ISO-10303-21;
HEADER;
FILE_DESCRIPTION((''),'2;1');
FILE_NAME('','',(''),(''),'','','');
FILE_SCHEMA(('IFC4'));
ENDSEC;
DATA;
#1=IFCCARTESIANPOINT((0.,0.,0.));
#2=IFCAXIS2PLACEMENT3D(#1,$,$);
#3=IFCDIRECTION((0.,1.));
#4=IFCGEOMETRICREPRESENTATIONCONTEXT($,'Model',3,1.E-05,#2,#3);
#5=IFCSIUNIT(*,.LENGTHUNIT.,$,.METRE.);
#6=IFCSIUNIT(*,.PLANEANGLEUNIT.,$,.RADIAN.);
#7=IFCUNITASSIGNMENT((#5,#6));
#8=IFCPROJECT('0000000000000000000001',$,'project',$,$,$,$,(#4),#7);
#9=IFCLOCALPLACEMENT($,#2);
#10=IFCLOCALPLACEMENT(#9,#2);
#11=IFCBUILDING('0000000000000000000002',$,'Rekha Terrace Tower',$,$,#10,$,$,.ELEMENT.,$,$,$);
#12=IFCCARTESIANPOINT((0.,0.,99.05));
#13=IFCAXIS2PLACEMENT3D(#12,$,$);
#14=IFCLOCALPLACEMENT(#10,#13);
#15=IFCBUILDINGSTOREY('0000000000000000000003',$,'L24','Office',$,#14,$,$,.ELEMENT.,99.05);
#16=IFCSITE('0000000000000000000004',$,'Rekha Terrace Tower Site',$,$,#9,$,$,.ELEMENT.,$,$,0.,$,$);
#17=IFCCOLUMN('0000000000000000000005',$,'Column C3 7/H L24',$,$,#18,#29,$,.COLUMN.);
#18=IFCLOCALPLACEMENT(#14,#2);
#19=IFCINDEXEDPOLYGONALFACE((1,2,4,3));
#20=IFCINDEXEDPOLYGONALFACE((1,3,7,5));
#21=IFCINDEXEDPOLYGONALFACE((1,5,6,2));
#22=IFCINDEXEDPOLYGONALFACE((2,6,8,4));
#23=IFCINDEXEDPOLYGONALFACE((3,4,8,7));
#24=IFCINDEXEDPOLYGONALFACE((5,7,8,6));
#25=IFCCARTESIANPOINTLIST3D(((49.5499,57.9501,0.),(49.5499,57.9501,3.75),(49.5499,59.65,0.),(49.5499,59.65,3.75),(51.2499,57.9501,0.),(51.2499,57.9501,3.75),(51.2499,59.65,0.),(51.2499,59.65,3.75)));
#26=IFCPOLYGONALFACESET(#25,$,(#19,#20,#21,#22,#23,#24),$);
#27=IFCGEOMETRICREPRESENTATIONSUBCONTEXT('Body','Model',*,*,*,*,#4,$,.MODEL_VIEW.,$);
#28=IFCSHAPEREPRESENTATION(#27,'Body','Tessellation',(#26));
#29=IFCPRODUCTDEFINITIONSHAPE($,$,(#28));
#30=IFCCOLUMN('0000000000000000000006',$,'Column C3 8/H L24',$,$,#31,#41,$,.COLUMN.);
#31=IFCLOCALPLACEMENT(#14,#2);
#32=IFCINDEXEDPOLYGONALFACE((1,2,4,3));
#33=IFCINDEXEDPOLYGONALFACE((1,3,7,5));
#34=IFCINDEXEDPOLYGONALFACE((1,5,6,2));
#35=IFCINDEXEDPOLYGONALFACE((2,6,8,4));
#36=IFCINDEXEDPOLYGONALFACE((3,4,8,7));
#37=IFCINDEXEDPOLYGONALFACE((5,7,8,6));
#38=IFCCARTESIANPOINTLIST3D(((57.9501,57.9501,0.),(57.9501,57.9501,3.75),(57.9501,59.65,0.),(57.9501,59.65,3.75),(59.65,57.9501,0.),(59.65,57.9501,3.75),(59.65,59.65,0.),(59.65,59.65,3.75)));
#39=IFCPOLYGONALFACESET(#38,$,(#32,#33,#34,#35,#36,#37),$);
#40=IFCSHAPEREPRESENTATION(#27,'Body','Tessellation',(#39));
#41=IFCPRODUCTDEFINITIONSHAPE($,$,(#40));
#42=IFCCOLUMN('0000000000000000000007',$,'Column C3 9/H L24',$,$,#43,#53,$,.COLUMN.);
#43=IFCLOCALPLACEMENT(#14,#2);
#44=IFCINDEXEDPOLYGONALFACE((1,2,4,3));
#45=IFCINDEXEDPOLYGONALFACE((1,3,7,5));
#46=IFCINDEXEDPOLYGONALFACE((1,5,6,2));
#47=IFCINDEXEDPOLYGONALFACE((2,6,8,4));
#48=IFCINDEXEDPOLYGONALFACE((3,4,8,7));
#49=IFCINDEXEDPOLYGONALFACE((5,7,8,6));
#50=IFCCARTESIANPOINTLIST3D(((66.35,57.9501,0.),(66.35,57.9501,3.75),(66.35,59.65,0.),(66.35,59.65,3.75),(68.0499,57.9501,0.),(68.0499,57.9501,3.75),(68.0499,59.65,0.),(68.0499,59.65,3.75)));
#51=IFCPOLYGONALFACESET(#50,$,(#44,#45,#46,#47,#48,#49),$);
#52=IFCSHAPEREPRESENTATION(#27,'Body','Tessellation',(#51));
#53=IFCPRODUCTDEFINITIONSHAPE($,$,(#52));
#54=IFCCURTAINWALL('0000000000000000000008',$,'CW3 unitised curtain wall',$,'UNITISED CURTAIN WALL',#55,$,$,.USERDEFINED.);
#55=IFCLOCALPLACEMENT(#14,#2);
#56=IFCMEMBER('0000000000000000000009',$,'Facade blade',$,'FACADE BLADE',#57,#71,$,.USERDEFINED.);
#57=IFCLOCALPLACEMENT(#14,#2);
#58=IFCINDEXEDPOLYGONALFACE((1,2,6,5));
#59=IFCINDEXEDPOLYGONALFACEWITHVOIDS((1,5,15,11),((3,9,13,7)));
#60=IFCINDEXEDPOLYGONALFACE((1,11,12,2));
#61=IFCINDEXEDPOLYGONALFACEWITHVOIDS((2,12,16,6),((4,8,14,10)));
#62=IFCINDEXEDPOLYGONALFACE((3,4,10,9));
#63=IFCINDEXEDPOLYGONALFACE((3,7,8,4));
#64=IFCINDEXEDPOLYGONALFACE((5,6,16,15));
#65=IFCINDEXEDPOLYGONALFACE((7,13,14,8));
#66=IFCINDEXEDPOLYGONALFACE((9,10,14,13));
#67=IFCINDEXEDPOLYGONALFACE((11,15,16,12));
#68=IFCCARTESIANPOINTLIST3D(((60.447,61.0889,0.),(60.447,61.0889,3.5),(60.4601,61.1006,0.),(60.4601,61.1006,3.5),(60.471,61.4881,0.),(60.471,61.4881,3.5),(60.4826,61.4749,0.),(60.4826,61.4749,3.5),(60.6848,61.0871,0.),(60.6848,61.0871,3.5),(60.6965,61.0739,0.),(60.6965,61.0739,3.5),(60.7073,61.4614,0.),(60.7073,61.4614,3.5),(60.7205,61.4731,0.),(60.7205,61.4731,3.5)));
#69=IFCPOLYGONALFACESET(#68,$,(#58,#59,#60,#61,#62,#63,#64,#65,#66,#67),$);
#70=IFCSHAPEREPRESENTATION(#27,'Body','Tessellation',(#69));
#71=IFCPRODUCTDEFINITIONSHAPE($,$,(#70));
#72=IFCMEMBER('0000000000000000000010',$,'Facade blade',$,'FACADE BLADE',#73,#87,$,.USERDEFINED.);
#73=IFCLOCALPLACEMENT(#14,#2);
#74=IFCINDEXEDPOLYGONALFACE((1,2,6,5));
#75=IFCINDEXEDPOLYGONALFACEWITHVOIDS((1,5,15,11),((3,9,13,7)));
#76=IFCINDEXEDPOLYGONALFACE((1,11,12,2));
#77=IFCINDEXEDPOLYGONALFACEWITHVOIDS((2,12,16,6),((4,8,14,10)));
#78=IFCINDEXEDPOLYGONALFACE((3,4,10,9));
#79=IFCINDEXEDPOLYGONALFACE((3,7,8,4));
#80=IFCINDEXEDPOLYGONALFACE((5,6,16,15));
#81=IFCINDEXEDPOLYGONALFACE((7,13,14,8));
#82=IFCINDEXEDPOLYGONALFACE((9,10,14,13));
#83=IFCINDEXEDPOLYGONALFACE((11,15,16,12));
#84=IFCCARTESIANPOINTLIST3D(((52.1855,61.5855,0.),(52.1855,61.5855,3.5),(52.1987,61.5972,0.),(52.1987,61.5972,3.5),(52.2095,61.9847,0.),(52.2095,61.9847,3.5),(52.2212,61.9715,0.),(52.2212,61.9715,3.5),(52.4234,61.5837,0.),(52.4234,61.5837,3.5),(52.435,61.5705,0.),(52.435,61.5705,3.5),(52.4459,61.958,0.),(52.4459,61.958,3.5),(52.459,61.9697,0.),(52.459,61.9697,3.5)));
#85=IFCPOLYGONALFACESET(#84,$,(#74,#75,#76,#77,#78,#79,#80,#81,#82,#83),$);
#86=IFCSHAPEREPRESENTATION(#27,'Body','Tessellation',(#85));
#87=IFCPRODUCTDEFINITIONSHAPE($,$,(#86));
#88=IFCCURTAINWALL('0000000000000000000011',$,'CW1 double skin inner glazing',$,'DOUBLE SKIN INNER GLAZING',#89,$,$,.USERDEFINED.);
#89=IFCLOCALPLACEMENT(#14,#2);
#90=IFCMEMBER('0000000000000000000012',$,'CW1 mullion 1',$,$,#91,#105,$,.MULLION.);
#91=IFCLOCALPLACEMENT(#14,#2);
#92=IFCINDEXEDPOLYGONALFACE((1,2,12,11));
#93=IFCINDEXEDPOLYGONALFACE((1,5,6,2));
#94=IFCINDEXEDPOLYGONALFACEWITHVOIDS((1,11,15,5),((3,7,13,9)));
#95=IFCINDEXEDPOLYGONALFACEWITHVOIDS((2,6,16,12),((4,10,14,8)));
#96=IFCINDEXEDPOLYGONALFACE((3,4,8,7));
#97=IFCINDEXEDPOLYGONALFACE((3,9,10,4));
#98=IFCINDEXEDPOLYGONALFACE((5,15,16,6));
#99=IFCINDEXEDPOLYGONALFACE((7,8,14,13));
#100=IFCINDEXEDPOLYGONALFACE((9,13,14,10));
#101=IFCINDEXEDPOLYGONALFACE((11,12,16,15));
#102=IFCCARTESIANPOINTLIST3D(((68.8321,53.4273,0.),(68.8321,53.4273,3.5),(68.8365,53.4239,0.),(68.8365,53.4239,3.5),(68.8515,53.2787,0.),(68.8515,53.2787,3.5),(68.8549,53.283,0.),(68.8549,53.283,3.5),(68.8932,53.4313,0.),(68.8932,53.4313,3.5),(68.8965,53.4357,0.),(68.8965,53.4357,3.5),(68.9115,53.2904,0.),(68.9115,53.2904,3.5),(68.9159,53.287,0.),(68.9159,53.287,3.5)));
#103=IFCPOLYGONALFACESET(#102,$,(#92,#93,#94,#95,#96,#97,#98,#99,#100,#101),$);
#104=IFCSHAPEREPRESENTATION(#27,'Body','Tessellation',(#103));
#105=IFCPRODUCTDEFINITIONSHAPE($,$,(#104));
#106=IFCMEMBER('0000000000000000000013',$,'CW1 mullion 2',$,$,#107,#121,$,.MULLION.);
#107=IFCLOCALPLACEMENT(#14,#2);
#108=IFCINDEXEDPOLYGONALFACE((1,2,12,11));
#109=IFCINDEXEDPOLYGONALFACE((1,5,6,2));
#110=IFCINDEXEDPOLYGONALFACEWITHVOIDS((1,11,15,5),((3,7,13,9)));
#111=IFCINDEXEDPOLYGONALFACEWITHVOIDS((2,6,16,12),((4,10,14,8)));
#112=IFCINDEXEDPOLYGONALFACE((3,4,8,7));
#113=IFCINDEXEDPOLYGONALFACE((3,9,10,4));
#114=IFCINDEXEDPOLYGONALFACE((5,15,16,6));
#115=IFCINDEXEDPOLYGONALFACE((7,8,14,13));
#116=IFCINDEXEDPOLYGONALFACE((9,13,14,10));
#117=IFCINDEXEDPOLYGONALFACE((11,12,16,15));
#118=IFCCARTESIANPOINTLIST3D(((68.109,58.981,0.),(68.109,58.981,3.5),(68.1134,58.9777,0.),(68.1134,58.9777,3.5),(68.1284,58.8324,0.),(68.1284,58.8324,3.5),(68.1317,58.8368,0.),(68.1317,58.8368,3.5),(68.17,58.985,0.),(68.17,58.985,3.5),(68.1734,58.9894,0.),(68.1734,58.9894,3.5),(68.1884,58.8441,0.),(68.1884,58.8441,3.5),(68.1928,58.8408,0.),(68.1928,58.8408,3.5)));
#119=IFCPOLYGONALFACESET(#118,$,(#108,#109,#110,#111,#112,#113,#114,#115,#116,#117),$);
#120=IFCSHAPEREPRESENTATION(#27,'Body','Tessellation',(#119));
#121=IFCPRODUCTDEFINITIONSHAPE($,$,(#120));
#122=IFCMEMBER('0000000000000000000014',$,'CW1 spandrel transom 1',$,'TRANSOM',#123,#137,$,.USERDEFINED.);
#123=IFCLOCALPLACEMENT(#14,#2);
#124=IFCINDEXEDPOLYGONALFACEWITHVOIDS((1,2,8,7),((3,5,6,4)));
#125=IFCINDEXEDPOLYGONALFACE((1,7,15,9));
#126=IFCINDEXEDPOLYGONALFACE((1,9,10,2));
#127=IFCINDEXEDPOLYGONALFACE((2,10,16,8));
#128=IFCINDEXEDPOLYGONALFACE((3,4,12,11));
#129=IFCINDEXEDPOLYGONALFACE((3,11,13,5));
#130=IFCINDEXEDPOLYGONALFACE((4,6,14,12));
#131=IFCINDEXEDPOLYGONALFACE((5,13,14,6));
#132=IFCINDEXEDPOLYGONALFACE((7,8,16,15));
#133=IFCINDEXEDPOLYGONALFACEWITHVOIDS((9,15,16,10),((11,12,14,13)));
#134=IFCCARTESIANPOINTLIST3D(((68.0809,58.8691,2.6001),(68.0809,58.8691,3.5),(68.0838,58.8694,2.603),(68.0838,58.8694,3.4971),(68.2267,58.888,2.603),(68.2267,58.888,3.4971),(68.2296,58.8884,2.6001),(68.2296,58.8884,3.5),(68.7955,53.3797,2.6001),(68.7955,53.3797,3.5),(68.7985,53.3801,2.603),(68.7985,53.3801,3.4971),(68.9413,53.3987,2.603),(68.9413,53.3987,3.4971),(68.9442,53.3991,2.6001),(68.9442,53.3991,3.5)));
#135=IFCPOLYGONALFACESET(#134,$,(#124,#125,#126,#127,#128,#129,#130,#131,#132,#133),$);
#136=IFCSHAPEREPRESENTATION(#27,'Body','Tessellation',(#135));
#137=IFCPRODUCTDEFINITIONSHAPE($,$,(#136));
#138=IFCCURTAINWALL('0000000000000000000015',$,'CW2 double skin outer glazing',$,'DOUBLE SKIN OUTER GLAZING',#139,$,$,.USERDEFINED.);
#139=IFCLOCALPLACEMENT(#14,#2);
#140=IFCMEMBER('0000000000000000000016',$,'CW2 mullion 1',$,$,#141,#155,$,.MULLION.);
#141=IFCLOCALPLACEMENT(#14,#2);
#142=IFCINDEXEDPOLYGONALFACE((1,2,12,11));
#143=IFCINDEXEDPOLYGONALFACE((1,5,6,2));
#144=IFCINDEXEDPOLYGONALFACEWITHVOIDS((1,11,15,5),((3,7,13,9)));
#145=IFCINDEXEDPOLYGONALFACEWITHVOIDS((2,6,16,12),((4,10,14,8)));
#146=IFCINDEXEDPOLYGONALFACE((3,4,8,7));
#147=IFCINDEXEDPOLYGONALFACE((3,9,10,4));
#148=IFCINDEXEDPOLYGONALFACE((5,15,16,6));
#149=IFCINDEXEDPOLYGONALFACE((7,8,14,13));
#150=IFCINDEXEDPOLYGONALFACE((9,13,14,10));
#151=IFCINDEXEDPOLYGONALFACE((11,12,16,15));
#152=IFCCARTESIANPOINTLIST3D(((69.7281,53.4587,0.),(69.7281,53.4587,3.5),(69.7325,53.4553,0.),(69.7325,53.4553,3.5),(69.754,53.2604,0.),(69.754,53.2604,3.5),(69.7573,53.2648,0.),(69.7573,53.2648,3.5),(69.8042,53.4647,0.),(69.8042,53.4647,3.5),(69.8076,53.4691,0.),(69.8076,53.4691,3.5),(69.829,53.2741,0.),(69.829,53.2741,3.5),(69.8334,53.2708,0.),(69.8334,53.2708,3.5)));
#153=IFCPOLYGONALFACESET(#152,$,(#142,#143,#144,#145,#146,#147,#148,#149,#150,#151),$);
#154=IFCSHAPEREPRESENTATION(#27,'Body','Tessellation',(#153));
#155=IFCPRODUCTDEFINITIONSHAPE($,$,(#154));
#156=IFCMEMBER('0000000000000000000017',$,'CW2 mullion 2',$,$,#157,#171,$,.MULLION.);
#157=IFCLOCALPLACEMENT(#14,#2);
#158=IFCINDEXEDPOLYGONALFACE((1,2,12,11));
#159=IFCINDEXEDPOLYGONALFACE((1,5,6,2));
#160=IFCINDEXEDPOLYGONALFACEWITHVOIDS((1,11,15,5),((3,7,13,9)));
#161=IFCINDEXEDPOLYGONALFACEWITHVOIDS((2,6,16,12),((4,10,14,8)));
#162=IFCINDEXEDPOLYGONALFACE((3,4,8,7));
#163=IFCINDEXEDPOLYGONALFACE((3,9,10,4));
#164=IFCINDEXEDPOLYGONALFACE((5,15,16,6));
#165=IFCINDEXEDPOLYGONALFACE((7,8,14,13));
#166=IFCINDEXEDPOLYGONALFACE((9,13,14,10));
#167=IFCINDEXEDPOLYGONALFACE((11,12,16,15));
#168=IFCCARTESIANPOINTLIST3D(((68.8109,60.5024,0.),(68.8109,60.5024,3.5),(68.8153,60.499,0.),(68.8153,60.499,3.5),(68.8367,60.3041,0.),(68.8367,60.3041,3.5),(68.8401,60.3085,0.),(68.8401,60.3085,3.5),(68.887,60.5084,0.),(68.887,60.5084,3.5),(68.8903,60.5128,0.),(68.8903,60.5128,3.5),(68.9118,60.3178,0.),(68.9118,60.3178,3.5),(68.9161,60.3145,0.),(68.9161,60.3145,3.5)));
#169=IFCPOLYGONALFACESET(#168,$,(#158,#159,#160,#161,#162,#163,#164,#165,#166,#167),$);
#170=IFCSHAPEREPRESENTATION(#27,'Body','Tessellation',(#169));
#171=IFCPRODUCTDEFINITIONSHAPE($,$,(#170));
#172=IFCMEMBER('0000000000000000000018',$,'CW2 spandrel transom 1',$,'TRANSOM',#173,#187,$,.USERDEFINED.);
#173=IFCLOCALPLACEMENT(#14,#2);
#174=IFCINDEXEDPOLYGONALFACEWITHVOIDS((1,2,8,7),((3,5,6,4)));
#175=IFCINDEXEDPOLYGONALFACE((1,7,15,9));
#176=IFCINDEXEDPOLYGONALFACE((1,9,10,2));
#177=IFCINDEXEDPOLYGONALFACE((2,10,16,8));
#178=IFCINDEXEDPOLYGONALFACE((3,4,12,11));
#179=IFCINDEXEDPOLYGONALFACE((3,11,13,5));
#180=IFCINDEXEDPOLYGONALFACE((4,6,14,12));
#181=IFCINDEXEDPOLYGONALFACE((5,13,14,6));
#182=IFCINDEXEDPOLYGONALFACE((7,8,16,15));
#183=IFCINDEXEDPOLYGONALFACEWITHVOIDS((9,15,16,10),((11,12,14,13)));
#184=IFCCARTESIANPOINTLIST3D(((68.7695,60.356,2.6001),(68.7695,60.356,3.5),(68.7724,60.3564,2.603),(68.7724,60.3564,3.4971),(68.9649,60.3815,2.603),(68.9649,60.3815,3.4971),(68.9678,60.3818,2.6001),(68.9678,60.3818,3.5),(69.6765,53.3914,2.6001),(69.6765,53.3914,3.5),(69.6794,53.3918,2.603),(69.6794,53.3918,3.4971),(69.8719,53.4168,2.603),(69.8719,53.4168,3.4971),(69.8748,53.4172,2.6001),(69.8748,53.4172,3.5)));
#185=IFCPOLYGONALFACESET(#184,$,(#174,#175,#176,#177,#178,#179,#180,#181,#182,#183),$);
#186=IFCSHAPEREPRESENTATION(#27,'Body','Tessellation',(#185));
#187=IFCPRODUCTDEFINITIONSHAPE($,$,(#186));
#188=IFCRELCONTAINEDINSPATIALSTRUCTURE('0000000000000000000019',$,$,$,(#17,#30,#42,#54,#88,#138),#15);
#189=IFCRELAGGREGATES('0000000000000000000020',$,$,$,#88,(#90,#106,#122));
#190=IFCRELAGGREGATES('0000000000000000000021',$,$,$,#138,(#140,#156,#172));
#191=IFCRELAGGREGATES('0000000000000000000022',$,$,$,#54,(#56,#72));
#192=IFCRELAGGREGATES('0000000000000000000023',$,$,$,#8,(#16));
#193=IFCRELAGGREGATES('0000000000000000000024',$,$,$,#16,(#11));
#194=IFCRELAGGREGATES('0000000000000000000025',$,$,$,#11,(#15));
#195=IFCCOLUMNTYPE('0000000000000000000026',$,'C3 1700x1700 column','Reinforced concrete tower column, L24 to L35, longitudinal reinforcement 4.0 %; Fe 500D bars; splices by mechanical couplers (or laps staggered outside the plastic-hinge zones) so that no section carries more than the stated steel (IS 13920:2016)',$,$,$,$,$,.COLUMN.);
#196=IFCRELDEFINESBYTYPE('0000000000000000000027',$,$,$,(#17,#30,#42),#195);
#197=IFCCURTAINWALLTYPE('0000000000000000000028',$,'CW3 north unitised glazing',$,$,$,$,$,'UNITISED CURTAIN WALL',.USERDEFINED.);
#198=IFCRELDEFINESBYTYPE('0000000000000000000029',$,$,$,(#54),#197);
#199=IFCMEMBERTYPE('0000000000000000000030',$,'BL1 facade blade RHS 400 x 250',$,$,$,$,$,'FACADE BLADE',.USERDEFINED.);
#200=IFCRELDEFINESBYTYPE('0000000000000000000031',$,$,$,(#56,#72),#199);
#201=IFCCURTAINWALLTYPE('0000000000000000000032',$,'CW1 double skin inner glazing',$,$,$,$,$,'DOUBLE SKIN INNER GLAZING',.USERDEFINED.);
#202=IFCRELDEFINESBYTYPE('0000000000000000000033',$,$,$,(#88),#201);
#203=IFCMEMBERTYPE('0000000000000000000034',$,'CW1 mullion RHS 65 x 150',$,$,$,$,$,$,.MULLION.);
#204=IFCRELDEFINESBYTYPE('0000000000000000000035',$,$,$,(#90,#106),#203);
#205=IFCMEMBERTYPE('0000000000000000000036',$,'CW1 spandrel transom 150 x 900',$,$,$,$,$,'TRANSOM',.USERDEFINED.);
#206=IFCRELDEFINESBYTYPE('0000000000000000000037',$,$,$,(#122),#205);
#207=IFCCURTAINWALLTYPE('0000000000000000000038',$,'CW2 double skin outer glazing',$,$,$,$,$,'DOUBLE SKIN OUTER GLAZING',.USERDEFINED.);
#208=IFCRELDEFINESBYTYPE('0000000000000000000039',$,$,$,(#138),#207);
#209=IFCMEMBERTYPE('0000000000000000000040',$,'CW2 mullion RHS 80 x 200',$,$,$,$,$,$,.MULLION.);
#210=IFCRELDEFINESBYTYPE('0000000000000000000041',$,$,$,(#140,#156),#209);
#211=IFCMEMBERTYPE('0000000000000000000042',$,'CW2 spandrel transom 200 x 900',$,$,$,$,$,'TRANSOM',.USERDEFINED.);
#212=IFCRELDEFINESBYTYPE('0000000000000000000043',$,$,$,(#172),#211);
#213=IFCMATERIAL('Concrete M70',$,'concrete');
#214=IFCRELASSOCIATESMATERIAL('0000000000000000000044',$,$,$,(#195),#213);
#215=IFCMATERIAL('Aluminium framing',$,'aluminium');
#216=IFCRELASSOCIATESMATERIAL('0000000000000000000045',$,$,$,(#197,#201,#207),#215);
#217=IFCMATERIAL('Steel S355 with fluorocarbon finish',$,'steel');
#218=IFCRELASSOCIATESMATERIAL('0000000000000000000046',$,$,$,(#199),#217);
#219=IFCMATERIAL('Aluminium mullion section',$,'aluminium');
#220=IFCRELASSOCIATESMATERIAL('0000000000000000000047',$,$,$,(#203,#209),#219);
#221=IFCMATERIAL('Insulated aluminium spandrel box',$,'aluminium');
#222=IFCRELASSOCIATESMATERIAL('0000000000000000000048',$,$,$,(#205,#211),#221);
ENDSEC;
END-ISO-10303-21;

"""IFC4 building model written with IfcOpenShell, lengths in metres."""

from ifc_helpers import new_model, si_unit, direction, frame, origin, origin_2d, place, context, subcontext, project, spatial, rectangle, hollow_rectangle, extrude, material, material_profile, profile_set, type_object, element, aggregate, save


model = new_model("IFC4")

# Units and contexts
model_context = context("Model", 3, precision=1e-05, world=origin(), true_north=direction((0.0, 1.0)))
body_context = subcontext(model_context, "Body", "Model", "MODEL_VIEW")
ifc_project = project(units=[si_unit("LENGTHUNIT", "METRE"), si_unit("PLANEANGLEUNIT", "RADIAN")], contexts=[model_context])

# Site, building, storey
site_placement = place(None, origin())
site = spatial("IfcSite", under=ifc_project, at=site_placement, Name="Rekha Terrace Tower Site", CompositionType="ELEMENT", RefElevation=0.0)
building_placement = place(site_placement, origin())
building = spatial("IfcBuilding", under=site, at=building_placement, Name="Rekha Terrace Tower", CompositionType="ELEMENT")
storey_placement = place(building_placement, frame((0.0, 0.0, 99.05)))
storey = spatial("IfcBuildingStorey", under=building, at=storey_placement, Name="L24", Description="Office", CompositionType="ELEMENT", Elevation=99.05)

# Columns
ifc_material_1 = material(Name="Concrete M70", Category="concrete")
ifc_material_profile_1 = material_profile(ifc_material_1, rectangle(XDim=1.7, YDim=1.7, at=origin_2d()), Name="RC 1700x1700")
ifc_profile_set_1 = profile_set([ifc_material_profile_1], Name="Concrete M70")
column_type = type_object("IfcColumnType", Name="C3 1700x1700 column", Description="Reinforced concrete tower column, L24 to L35, longitudinal reinforcement 4.0 %; Fe 500D bars; splices by mechanical couplers (or laps staggered outside the plastic-hinge zones) so that no section carries more than the stated steel (IS 13920:2016)", PredefinedType="COLUMN", material=ifc_profile_set_1)
for number, where, z_axis, x_axis, name in (
    (1, (50.3999, 58.8, 0.0), (0.0, 0.0, 1.0), (1.0, 0.0, 0.0), "Column C3 7/H L24"),
    (2, (58.8, 58.8, 0.0), (0.0, 0.0, 1.0), (1.0, 0.0, 0.0), "Column C3 8/H L24"),
    (3, (67.2, 58.8, 0.0), (0.0, 0.0, 1.0), (1.0, 0.0, 0.0), "Column C3 9/H L24"),
):
    element("IfcColumn", number, at=place(storey_placement, frame(where, z_axis=z_axis, x_axis=x_axis)), inside=storey, type_object=column_type, Name=name, PredefinedType="COLUMN", context=body_context, shape_type="SweptSolid", body=[
        extrude(rectangle(XDim=1.7, YDim=1.7, at=origin_2d()), origin(), (0.0, 0.0, 1.0), 3.75),
    ])

# Curtain walls, members
ifc_material_2 = material(Name="Aluminium framing", Category="aluminium")
curtain_wall_type_1 = type_object("IfcCurtainWallType", Name="CW3 north unitised glazing", ElementType="UNITISED CURTAIN WALL", PredefinedType="USERDEFINED", material=ifc_material_2)
curtain_wall_1_placement = place(storey_placement, origin())
curtain_wall_1 = element("IfcCurtainWall", 4, at=curtain_wall_1_placement, inside=storey, type_object=curtain_wall_type_1, Name="CW3 unitised curtain wall", ObjectType="UNITISED CURTAIN WALL", PredefinedType="USERDEFINED")
ifc_material_3 = material(Name="Steel S355 with fluorocarbon finish", Category="steel")
ifc_material_profile_2 = material_profile(ifc_material_3, hollow_rectangle(XDim=0.25, YDim=0.3999, WallThickness=0.0125, at=origin_2d()), Name="RHS400x250x12.5")
ifc_profile_set_2 = profile_set([ifc_material_profile_2], Name="Steel S355 with fluorocarbon finish")
member_type_1 = type_object("IfcMemberType", Name="BL1 facade blade RHS 400 x 250", ElementType="FACADE BLADE", PredefinedType="USERDEFINED", material=ifc_profile_set_2)
member_1_placement = place(storey_placement, frame((60.5837, 61.281, 0.0), z_axis=(0.0, 0.0, 1.0), x_axis=(-0.998199, 0.059988, 0.0)))
member_1 = element("IfcMember", 5, at=member_1_placement, type_object=member_type_1, Name="Facade blade", ObjectType="FACADE BLADE", PredefinedType="USERDEFINED", context=body_context, shape_type="SweptSolid", body=[
    extrude(hollow_rectangle(XDim=0.25, YDim=0.3999, WallThickness=0.0125, at=origin_2d()), origin(), (0.0, 0.0, 1.0), 3.5),
])
member_2_placement = place(storey_placement, frame((52.3223, 61.7776, 0.0), z_axis=(0.0, 0.0, 1.0), x_axis=(-0.998199, 0.059988, 0.0)))
member_2 = element("IfcMember", 6, at=member_2_placement, type_object=member_type_1, Name="Facade blade", ObjectType="FACADE BLADE", PredefinedType="USERDEFINED", context=body_context, shape_type="SweptSolid", body=[
    extrude(hollow_rectangle(XDim=0.25, YDim=0.3999, WallThickness=0.0125, at=origin_2d()), origin(), (0.0, 0.0, 1.0), 3.5),
])
curtain_wall_type_2 = type_object("IfcCurtainWallType", Name="CW1 double skin inner glazing", ElementType="DOUBLE SKIN INNER GLAZING", PredefinedType="USERDEFINED", material=ifc_material_2)
curtain_wall_2_placement = place(storey_placement, origin())
curtain_wall_2 = element("IfcCurtainWall", 7, at=curtain_wall_2_placement, inside=storey, type_object=curtain_wall_type_2, Name="CW1 double skin inner glazing", ObjectType="DOUBLE SKIN INNER GLAZING", PredefinedType="USERDEFINED")
ifc_material_4 = material(Name="Aluminium mullion section", Category="aluminium")
ifc_material_profile_3 = material_profile(ifc_material_4, hollow_rectangle(XDim=0.0649, YDim=0.1499, WallThickness=0.0039, at=origin_2d()), Name="AL RHS 65x150")
ifc_profile_set_3 = profile_set([ifc_material_profile_3], Name="Aluminium mullion section")
member_type_2 = type_object("IfcMemberType", Name="CW1 mullion RHS 65 x 150", PredefinedType="MULLION", material=ifc_profile_set_3)
member_3_placement = place(storey_placement, frame((68.874, 53.3572, 0.0), z_axis=(0.0, 0.0, 1.0), x_axis=(-0.991629, -0.129118, 0.0)))
member_3 = element("IfcMember", 8, at=member_3_placement, type_object=member_type_2, Name="CW1 mullion 1", PredefinedType="MULLION", context=body_context, shape_type="SweptSolid", body=[
    extrude(hollow_rectangle(XDim=0.0649, YDim=0.1499, WallThickness=0.0039, at=origin_2d()), origin(), (0.0, 0.0, 1.0), 3.5),
])
member_4_placement = place(storey_placement, frame((68.1509, 58.9109, 0.0), z_axis=(0.0, 0.0, 1.0), x_axis=(-0.991629, -0.129118, 0.0)))
member_4 = element("IfcMember", 9, at=member_4_placement, type_object=member_type_2, Name="CW1 mullion 2", PredefinedType="MULLION", context=body_context, shape_type="SweptSolid", body=[
    extrude(hollow_rectangle(XDim=0.0649, YDim=0.1499, WallThickness=0.0039, at=origin_2d()), origin(), (0.0, 0.0, 1.0), 3.5),
])
ifc_material_5 = material(Name="Insulated aluminium spandrel box", Category="aluminium")
ifc_material_profile_4 = material_profile(ifc_material_5, hollow_rectangle(XDim=0.1499, YDim=0.8999, WallThickness=0.0029, at=origin_2d()), Name="AL SPANDREL BOX 150x900")
ifc_profile_set_4 = profile_set([ifc_material_profile_4], Name="Insulated aluminium spandrel box")
member_type_3 = type_object("IfcMemberType", Name="CW1 spandrel transom 150 x 900", ElementType="TRANSOM", PredefinedType="USERDEFINED", material=ifc_profile_set_4)
member_5_placement = place(storey_placement, frame((68.8699, 53.3894, 3.05), z_axis=(-0.129092, 0.991633, 0.0), x_axis=(-0.991633, -0.129092, 0.0)))
member_5 = element("IfcMember", 10, at=member_5_placement, type_object=member_type_3, Name="CW1 spandrel transom 1", ObjectType="TRANSOM", PredefinedType="USERDEFINED", context=body_context, shape_type="SweptSolid", body=[
    extrude(hollow_rectangle(XDim=0.1499, YDim=0.8999, WallThickness=0.0029, at=origin_2d()), origin(), (0.0, 0.0, 1.0), 5.5356),
])
curtain_wall_type_3 = type_object("IfcCurtainWallType", Name="CW2 double skin outer glazing", ElementType="DOUBLE SKIN OUTER GLAZING", PredefinedType="USERDEFINED", material=ifc_material_2)
curtain_wall_3_placement = place(storey_placement, origin())
curtain_wall_3 = element("IfcCurtainWall", 11, at=curtain_wall_3_placement, inside=storey, type_object=curtain_wall_type_3, Name="CW2 double skin outer glazing", ObjectType="DOUBLE SKIN OUTER GLAZING", PredefinedType="USERDEFINED")
ifc_material_profile_5 = material_profile(ifc_material_4, hollow_rectangle(XDim=0.0801, YDim=0.2, WallThickness=0.0039, at=origin_2d()), Name="AL RHS 80x200")
ifc_profile_set_5 = profile_set([ifc_material_profile_5], Name="Aluminium mullion section")
member_type_4 = type_object("IfcMemberType", Name="CW2 mullion RHS 80 x 200", PredefinedType="MULLION", material=ifc_profile_set_5)
member_6_placement = place(storey_placement, frame((69.7808, 53.3647, 0.0), z_axis=(0.0, 0.0, 1.0), x_axis=(-0.991629, -0.129118, 0.0)))
member_6 = element("IfcMember", 12, at=member_6_placement, type_object=member_type_4, Name="CW2 mullion 1", PredefinedType="MULLION", context=body_context, shape_type="SweptSolid", body=[
    extrude(hollow_rectangle(XDim=0.0801, YDim=0.2, WallThickness=0.0039, at=origin_2d()), origin(), (0.0, 0.0, 1.0), 3.5),
])
member_7_placement = place(storey_placement, frame((68.8635, 60.4084, 0.0), z_axis=(0.0, 0.0, 1.0), x_axis=(-0.991629, -0.129118, 0.0)))
member_7 = element("IfcMember", 13, at=member_7_placement, type_object=member_type_4, Name="CW2 mullion 2", PredefinedType="MULLION", context=body_context, shape_type="SweptSolid", body=[
    extrude(hollow_rectangle(XDim=0.0801, YDim=0.2, WallThickness=0.0039, at=origin_2d()), origin(), (0.0, 0.0, 1.0), 3.5),
])
ifc_material_profile_6 = material_profile(ifc_material_5, hollow_rectangle(XDim=0.2, YDim=0.8999, WallThickness=0.0029, at=origin_2d()), Name="AL SPANDREL BOX 200x900")
ifc_profile_set_6 = profile_set([ifc_material_profile_6], Name="Insulated aluminium spandrel box")
member_type_5 = type_object("IfcMemberType", Name="CW2 spandrel transom 200 x 900", ElementType="TRANSOM", PredefinedType="USERDEFINED", material=ifc_profile_set_6)
member_8_placement = place(storey_placement, frame((69.7756, 53.4043, 3.05), z_axis=(-0.129137, 0.991627, 0.0), x_axis=(-0.991627, -0.129137, 0.0)))
member_8 = element("IfcMember", 14, at=member_8_placement, type_object=member_type_5, Name="CW2 spandrel transom 1", ObjectType="TRANSOM", PredefinedType="USERDEFINED", context=body_context, shape_type="SweptSolid", body=[
    extrude(hollow_rectangle(XDim=0.2, YDim=0.8999, WallThickness=0.0029, at=origin_2d()), origin(), (0.0, 0.0, 1.0), 7.0234),
])

aggregate(curtain_wall_2, [member_3, member_4, member_5])
aggregate(curtain_wall_3, [member_6, member_7, member_8])
aggregate(curtain_wall_1, [member_1, member_2])

save(model, "model.ifc")
